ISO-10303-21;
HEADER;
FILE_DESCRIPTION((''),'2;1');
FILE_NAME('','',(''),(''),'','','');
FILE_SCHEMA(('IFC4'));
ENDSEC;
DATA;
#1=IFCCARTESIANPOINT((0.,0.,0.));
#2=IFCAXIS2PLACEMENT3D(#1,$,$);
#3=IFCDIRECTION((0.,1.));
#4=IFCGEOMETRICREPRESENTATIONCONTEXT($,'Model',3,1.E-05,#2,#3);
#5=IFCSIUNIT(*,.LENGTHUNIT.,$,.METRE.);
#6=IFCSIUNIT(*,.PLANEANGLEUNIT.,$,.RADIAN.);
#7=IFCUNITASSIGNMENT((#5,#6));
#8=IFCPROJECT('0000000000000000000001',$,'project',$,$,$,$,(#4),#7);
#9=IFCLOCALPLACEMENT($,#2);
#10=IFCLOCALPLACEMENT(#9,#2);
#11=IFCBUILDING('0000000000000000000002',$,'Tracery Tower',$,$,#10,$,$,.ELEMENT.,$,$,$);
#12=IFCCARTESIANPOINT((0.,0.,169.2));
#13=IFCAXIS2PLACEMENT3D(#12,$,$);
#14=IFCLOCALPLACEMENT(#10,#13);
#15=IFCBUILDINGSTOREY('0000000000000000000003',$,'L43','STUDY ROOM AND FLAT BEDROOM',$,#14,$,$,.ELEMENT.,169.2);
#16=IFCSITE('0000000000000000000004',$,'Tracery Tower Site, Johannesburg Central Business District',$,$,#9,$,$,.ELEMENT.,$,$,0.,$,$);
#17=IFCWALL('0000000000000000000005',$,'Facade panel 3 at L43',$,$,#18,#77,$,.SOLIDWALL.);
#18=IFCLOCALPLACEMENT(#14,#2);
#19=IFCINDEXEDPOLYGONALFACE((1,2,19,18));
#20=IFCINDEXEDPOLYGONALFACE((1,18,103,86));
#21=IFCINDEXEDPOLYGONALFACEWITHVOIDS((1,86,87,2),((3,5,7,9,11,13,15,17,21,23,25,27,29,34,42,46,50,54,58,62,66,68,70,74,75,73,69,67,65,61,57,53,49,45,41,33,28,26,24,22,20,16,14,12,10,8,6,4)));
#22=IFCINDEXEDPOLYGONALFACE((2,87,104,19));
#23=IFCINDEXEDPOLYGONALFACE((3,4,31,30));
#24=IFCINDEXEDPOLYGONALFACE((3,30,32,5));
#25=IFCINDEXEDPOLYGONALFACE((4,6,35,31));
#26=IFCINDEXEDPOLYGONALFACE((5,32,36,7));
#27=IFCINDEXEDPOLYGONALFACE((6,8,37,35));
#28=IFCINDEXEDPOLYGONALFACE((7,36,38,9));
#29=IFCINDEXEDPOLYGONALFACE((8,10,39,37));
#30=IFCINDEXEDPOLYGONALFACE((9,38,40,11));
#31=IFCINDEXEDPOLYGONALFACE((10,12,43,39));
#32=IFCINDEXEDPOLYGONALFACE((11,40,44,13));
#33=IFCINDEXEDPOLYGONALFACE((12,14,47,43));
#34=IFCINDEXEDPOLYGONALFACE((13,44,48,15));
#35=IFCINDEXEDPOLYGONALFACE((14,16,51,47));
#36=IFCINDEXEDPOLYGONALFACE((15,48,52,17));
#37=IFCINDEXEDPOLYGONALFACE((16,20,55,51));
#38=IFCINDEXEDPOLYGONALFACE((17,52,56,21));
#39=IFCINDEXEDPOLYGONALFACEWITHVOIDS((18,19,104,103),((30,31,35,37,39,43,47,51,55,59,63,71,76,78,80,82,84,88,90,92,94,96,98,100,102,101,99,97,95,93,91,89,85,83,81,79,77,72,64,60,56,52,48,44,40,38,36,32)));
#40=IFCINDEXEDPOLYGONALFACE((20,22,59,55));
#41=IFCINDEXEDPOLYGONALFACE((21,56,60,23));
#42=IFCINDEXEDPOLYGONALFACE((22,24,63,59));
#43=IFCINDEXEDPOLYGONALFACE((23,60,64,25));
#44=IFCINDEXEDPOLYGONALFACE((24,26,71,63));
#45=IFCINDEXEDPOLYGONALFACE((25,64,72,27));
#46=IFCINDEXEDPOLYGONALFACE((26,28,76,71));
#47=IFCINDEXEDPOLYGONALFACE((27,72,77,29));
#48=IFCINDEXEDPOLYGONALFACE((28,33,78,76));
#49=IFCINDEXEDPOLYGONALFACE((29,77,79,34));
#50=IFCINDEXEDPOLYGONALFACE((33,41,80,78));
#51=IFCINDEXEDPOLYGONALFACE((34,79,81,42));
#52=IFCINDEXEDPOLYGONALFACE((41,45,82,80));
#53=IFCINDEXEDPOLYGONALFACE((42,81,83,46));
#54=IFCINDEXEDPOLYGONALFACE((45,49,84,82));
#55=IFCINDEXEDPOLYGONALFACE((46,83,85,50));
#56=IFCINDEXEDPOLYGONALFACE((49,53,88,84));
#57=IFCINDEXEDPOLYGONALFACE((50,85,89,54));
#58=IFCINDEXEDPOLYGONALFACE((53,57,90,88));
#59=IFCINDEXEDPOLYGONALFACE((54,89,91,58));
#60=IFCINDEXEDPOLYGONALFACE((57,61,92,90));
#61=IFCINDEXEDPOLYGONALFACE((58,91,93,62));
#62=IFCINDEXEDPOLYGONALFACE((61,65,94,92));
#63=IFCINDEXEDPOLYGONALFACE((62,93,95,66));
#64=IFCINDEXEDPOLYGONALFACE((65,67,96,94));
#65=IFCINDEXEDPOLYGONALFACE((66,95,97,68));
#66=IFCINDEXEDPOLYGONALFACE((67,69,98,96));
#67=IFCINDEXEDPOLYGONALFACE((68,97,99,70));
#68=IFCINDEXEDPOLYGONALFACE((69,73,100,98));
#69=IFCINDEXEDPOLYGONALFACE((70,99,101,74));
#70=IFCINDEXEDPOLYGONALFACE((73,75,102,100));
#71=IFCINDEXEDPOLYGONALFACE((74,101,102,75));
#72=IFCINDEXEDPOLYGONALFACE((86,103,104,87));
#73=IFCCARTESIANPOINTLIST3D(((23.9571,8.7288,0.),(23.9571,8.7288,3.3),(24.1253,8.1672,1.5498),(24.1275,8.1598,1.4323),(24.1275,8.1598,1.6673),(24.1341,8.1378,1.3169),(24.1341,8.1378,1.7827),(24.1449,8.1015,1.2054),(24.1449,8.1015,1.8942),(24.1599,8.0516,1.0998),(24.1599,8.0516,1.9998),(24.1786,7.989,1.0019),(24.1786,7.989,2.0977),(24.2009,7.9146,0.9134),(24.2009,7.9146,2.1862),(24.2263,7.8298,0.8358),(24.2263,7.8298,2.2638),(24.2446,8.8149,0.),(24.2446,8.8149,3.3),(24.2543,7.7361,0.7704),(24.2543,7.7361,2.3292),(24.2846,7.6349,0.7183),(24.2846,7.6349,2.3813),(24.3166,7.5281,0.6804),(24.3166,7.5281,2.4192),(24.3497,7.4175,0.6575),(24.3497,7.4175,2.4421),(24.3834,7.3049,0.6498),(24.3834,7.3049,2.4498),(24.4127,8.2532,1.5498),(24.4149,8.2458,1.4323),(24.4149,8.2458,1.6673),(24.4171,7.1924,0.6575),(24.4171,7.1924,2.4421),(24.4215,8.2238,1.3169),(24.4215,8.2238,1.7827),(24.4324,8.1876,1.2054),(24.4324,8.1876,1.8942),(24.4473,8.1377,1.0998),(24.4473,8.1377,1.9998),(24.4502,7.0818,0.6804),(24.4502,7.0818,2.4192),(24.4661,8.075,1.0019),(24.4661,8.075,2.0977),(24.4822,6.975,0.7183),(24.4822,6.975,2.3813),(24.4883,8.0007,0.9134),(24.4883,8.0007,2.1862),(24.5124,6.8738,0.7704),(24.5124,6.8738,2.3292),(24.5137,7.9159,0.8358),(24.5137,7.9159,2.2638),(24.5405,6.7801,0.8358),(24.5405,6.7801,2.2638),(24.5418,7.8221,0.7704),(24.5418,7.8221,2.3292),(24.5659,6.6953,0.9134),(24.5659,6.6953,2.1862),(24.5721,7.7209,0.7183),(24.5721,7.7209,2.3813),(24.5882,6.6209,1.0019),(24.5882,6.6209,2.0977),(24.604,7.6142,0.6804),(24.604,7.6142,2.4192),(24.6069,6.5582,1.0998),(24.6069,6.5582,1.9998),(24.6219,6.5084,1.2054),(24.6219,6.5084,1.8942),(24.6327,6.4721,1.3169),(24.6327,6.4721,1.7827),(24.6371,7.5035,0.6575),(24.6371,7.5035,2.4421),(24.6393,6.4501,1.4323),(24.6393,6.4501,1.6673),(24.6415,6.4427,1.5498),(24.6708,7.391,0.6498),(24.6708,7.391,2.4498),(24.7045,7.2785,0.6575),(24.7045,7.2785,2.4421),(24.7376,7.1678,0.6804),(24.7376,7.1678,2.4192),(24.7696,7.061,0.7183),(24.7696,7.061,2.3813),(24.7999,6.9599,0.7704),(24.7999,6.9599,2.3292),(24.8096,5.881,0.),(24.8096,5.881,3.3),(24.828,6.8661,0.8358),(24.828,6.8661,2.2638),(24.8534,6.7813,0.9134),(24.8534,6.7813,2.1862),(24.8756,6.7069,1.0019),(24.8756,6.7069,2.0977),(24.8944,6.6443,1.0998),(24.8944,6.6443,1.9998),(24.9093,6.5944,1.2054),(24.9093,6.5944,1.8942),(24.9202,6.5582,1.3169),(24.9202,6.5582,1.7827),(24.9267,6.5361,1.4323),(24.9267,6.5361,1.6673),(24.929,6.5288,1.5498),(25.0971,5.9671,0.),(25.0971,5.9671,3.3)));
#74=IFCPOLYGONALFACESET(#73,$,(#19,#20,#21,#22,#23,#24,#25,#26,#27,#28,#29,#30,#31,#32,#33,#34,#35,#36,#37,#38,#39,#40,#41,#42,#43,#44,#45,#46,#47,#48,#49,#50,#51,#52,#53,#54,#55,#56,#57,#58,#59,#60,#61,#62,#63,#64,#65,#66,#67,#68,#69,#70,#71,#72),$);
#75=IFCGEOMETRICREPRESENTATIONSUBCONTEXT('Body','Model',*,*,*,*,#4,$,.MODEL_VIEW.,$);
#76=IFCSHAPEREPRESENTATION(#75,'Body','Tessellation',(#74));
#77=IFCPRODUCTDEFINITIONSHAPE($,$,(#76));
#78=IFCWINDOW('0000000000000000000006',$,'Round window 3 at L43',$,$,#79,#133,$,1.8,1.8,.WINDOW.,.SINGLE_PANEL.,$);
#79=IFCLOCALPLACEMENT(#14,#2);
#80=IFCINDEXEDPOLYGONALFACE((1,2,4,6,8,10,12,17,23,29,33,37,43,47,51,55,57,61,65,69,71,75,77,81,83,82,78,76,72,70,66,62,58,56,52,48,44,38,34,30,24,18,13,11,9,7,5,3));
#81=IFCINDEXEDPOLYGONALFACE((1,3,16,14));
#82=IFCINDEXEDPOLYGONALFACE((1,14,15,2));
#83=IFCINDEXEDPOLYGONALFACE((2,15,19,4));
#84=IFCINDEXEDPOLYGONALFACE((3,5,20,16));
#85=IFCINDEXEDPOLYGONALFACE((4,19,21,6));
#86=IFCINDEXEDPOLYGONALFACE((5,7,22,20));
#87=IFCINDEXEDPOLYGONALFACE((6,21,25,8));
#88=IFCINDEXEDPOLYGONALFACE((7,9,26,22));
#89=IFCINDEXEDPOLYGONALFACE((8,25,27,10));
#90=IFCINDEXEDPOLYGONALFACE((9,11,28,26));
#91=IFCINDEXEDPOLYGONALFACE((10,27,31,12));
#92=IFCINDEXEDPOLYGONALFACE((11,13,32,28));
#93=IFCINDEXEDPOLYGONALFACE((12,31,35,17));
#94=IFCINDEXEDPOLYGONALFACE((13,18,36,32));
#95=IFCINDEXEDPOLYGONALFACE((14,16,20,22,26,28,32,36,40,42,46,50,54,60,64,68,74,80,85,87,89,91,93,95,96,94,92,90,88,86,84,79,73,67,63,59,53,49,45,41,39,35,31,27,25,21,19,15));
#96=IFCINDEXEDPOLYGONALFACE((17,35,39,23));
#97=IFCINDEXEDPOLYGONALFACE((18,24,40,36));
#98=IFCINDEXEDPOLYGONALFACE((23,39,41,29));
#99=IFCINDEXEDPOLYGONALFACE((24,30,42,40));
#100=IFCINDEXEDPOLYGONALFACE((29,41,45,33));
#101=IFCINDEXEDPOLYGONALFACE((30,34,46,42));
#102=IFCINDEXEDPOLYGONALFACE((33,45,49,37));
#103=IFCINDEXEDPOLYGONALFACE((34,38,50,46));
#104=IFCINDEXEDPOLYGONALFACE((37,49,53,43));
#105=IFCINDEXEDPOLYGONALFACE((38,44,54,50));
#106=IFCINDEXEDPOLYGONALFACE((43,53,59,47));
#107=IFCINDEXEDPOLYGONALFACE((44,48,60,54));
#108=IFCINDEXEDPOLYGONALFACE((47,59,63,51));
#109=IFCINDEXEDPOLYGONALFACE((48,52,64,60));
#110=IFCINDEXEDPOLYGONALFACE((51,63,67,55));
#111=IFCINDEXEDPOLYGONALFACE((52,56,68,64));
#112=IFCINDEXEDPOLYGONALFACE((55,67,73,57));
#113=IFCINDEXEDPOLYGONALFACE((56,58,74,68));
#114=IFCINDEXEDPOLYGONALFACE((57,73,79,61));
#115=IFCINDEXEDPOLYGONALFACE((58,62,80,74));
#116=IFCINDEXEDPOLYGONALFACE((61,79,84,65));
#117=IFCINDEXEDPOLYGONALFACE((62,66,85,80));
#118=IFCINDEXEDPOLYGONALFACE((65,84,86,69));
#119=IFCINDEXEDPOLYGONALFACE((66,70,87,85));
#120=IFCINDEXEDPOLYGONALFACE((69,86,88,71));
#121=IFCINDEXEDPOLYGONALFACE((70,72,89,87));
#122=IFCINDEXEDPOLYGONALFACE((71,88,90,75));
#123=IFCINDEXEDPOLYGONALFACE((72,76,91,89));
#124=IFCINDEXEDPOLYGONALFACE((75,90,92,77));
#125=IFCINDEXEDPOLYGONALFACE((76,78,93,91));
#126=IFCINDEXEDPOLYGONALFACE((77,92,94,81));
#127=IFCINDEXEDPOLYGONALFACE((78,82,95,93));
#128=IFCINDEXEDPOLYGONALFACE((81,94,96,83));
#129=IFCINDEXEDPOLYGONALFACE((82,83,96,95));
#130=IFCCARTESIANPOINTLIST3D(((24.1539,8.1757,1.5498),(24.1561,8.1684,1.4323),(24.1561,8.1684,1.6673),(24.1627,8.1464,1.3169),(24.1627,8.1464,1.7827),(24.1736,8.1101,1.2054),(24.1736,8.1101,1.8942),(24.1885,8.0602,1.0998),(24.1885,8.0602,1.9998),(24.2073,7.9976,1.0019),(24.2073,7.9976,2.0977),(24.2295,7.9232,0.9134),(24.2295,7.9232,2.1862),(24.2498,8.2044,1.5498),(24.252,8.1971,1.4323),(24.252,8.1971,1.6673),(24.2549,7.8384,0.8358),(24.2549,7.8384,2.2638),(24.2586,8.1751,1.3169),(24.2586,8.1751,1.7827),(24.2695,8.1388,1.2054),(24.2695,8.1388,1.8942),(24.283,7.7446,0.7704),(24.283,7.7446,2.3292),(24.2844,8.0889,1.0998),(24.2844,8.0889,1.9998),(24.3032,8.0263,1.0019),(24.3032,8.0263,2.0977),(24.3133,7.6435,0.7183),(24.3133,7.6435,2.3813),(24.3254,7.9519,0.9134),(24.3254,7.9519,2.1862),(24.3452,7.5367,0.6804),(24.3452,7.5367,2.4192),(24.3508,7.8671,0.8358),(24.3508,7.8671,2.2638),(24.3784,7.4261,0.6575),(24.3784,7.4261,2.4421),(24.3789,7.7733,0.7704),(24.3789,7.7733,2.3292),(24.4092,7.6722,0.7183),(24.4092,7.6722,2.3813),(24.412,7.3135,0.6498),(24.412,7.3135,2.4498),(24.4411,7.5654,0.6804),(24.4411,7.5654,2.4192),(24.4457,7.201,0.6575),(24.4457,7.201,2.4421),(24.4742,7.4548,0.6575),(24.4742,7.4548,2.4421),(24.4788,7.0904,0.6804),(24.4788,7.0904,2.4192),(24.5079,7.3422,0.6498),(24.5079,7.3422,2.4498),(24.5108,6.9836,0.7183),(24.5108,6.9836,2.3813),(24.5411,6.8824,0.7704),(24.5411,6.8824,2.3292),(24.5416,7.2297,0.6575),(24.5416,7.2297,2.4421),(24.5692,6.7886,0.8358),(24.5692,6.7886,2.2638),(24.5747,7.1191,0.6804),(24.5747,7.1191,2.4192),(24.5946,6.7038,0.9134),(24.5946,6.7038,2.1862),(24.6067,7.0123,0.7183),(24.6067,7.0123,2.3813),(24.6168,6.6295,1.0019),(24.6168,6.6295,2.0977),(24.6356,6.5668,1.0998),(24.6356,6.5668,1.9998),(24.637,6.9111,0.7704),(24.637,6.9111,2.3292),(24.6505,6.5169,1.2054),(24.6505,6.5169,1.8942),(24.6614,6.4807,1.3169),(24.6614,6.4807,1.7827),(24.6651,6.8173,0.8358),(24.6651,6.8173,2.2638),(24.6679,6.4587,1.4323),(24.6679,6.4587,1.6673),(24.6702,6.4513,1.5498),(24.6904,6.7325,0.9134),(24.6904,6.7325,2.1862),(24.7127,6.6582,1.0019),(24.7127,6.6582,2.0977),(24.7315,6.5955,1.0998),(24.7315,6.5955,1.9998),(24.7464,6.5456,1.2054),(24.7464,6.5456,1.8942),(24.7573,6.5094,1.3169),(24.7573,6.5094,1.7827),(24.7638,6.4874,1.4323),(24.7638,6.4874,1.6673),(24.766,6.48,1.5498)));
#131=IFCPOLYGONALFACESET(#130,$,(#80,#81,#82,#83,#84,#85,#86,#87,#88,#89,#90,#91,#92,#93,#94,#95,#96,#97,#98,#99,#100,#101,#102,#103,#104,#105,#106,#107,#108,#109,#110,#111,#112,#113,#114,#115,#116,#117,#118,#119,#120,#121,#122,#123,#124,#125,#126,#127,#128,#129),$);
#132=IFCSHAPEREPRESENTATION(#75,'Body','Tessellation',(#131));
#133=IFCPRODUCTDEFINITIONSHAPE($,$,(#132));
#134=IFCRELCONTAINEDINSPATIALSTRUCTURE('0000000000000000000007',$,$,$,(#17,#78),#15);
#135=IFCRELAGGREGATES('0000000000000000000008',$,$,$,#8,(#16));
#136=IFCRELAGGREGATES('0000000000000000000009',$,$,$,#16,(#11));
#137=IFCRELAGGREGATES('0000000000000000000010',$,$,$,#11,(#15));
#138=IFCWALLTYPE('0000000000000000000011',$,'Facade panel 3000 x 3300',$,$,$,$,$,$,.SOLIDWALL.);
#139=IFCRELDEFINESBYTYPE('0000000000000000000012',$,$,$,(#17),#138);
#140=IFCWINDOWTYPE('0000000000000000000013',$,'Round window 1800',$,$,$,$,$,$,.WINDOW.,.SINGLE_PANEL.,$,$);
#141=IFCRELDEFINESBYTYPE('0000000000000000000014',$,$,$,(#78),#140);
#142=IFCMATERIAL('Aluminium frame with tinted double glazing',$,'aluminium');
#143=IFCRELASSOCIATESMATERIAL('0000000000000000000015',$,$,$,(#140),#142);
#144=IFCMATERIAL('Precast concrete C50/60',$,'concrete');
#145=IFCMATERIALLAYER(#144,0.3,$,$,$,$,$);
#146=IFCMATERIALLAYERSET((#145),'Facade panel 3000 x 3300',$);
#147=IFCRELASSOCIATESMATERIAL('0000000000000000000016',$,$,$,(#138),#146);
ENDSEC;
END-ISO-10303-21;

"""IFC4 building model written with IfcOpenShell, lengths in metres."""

from ifc_helpers import new_model, si_unit, direction, frame, frame_2d, origin, origin_2d, place, context, subcontext, project, spatial, rectangle, circle, extrude, material, layer, layer_set, type_object, element, fill, save


model = new_model("IFC4")

# Units and contexts
model_context = context("Model", 3, precision=1e-05, world=origin(), true_north=direction((0.0, 1.0)))
body_context = subcontext(model_context, "Body", "Model", "MODEL_VIEW")
ifc_project = project(units=[si_unit("LENGTHUNIT", "METRE"), si_unit("PLANEANGLEUNIT", "RADIAN")], contexts=[model_context])

# Site, building, storey
site_placement = place(None, origin())
site = spatial("IfcSite", under=ifc_project, at=site_placement, Name="Tracery Tower Site, Johannesburg Central Business District", CompositionType="ELEMENT", RefElevation=0.0)
building_placement = place(site_placement, origin())
building = spatial("IfcBuilding", under=site, at=building_placement, Name="Tracery Tower", CompositionType="ELEMENT")
storey_placement = place(building_placement, frame((0.0, 0.0, 169.2)))
storey = spatial("IfcBuildingStorey", under=building, at=storey_placement, Name="L43", Description="STUDY ROOM AND FLAT BEDROOM", CompositionType="ELEMENT", Elevation=169.2)

# Wall, opening, window
ifc_material_1 = material(Name="Aluminium frame with tinted double glazing", Category="aluminium")
window_type = type_object("IfcWindowType", Name="Round window 1800", PartitioningType="SINGLE_PANEL", PredefinedType="WINDOW", material=ifc_material_1)
ifc_material_2 = material(Name="Precast concrete C50/60", Category="concrete")
ifc_layer_1 = layer(ifc_material_2, 0.3)
ifc_layer_set_1 = layer_set([ifc_layer_1], Name="Facade panel 3000 x 3300")
wall_type_1 = type_object("IfcWallType", Name="Facade panel 3000 x 3300", PredefinedType="SOLIDWALL", material=ifc_layer_set_1)
wall_1_placement = place(storey_placement, frame((24.9534, 5.9241, 0.0), z_axis=(0.0, 0.0, 1.0), x_axis=(-0.286783, 0.957996, 0.0)))
wall_1 = element("IfcWall", 1, at=wall_1_placement, inside=storey, type_object=wall_type_1, Name="Facade panel 3 at L43", PredefinedType="SOLIDWALL", context=body_context, shape_type="SweptSolid", body=[
    extrude(rectangle(XDim=2.9727, YDim=0.3, at=frame_2d((1.4863, 0.0))), origin(), (0.0, 0.0, 1.0), 3.3),
])
opening_1_placement = place(wall_1_placement, frame((1.4863, 0.0, 1.5498)))
opening_1 = element("IfcOpeningElement", 2, at=opening_1_placement, cuts=wall_1, PredefinedType="OPENING", context=body_context, shape_type="SweptSolid", body=[
    extrude(circle(Radius=0.9, at=origin_2d()), frame((0.0, 0.1599, 0.0), z_axis=(0.0, -1.0, 0.0), x_axis=(1.0, 0.0, 0.0)), (0.0, 0.0, 1.0), 0.3201),
])
window_1_placement = place(opening_1_placement, origin())
window_1 = element("IfcWindow", 3, at=window_1_placement, inside=storey, type_object=window_type, Name="Round window 3 at L43", OverallHeight=1.8, OverallWidth=1.8, PartitioningType="SINGLE_PANEL", PredefinedType="WINDOW", context=body_context, shape_type="SweptSolid", body=[
    extrude(circle(Radius=0.9, at=origin_2d()), frame((0.0, 0.1201, 0.0), z_axis=(0.0, -1.0, 0.0), x_axis=(1.0, 0.0, 0.0)), (0.0, 0.0, 1.0), 0.1001),
])
fill(opening_1, window_1)

save(model, "model.ifc")
